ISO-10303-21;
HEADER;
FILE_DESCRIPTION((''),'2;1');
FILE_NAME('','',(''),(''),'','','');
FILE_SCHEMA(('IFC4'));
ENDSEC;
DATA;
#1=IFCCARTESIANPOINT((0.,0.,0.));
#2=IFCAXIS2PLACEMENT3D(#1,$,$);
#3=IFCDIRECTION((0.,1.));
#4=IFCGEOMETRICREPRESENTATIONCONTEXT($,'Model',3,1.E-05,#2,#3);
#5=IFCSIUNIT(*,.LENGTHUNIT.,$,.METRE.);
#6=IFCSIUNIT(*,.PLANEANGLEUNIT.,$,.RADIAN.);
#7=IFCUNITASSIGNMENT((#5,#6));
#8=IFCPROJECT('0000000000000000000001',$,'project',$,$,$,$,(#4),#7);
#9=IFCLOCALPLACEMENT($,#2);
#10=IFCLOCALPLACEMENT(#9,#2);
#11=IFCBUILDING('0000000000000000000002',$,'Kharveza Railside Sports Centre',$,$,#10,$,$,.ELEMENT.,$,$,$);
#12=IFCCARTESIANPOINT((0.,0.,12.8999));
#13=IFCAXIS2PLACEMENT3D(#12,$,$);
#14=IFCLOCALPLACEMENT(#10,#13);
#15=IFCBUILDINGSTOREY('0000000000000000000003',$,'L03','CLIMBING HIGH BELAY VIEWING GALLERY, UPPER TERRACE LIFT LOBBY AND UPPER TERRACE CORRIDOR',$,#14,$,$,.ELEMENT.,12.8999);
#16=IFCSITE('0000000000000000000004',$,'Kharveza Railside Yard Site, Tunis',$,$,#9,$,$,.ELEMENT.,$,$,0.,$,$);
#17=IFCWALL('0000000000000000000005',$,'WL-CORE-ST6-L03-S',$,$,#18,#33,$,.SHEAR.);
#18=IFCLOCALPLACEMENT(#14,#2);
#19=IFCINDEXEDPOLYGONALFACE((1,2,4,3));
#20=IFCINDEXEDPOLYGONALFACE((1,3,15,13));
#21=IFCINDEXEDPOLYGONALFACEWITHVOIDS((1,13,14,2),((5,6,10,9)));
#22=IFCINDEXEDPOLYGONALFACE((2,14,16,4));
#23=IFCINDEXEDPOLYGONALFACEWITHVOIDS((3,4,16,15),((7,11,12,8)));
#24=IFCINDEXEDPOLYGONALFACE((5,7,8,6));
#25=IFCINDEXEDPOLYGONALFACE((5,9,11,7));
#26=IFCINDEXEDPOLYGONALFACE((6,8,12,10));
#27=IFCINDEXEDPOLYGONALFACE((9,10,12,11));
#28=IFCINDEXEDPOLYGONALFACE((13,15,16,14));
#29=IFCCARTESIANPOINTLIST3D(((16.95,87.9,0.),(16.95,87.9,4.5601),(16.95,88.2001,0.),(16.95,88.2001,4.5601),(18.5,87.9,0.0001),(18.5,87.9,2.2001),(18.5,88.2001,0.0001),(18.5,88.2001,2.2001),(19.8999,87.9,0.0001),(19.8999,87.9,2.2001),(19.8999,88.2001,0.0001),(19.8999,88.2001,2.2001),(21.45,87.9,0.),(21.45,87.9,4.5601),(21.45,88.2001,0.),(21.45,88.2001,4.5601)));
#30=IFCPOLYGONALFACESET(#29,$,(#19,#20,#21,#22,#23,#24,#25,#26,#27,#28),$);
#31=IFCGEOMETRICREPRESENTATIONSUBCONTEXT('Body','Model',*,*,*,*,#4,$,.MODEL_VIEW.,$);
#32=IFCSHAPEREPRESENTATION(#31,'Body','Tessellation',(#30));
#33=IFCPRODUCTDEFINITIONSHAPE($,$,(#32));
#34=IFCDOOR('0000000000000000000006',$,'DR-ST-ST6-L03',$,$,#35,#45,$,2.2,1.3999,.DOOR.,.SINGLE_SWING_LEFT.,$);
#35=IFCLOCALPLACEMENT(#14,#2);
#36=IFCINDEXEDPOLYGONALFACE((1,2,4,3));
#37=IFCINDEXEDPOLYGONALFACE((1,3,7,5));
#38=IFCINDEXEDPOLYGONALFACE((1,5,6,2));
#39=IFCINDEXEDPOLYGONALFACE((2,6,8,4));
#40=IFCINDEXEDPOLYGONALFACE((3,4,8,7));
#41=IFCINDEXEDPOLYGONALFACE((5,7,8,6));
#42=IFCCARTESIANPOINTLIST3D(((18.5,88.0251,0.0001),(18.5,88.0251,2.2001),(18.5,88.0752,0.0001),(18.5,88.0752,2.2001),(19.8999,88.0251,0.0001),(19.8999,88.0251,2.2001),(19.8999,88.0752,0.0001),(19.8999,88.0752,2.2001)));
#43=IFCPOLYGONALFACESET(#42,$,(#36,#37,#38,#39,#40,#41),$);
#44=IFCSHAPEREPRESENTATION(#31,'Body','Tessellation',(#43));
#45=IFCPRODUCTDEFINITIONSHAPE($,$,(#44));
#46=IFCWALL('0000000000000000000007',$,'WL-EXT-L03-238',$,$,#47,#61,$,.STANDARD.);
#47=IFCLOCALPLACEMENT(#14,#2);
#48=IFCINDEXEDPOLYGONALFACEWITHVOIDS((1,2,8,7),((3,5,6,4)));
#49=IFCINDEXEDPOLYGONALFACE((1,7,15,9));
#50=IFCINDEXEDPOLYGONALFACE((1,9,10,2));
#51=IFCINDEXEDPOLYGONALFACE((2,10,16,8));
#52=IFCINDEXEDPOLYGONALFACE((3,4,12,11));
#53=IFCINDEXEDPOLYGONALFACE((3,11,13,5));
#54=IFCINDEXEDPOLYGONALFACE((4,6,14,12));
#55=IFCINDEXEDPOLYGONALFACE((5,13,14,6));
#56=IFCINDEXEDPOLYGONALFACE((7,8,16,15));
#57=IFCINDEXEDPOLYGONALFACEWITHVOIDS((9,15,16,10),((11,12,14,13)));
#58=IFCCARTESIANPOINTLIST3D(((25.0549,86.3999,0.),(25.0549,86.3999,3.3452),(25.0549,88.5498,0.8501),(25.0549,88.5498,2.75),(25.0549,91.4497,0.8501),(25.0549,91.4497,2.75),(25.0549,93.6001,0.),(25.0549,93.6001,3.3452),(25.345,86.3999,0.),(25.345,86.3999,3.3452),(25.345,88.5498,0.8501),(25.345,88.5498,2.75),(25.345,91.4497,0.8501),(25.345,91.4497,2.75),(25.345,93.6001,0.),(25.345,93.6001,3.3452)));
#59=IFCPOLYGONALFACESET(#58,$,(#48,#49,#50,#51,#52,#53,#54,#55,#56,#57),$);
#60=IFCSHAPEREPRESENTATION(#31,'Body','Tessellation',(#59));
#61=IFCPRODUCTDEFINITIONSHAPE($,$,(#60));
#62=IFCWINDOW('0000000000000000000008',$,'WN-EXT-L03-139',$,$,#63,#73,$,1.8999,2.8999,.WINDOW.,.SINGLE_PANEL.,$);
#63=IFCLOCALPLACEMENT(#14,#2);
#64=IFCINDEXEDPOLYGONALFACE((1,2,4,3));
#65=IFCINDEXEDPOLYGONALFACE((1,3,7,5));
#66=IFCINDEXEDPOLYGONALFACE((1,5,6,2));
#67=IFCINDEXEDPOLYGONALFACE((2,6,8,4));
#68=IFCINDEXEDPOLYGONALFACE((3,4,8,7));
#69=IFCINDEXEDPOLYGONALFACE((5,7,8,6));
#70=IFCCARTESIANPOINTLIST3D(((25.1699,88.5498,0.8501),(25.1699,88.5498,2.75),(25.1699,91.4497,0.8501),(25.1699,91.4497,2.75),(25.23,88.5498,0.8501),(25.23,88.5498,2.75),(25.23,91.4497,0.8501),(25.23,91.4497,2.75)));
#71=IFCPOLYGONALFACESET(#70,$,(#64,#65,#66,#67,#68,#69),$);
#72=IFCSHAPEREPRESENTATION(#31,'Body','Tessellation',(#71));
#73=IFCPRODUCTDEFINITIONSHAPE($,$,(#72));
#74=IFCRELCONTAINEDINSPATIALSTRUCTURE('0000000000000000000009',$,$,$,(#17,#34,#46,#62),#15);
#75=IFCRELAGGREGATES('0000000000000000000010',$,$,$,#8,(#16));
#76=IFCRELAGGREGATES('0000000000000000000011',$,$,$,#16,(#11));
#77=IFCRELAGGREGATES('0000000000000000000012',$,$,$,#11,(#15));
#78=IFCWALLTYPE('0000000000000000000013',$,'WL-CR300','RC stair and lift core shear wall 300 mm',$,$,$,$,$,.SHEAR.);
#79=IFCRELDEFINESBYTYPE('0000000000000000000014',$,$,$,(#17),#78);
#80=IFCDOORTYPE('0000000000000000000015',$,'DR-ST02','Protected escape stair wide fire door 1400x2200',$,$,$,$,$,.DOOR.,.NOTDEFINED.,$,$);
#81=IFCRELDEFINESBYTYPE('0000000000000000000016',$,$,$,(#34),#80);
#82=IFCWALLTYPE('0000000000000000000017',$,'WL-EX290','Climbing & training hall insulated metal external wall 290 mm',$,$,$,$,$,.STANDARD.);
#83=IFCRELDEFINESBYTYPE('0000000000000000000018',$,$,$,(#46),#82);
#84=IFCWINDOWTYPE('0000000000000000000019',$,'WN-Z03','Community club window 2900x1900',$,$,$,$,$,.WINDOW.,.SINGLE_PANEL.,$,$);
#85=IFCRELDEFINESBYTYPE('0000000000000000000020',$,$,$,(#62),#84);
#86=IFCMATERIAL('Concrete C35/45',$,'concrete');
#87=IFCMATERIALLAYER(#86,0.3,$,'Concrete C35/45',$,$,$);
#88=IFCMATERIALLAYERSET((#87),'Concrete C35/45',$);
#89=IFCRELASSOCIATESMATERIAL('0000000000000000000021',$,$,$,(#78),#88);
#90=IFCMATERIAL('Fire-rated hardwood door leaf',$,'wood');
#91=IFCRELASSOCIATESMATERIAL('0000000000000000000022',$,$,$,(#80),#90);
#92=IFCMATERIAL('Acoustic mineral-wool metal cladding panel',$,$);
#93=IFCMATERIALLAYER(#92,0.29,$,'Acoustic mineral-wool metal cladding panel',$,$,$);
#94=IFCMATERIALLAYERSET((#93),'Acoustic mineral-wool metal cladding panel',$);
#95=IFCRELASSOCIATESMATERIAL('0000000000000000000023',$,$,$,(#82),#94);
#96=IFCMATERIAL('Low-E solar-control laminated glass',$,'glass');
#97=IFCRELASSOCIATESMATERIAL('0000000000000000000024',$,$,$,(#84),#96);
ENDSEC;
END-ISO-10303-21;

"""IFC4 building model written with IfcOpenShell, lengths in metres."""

from ifc_helpers import new_model, si_unit, direction, frame, frame_2d, origin, place, context, subcontext, project, spatial, rectangle, extrude, material, layer, layer_set, type_object, element, fill, save


model = new_model("IFC4")

# Units and contexts
model_context = context("Model", 3, precision=1e-05, world=origin(), true_north=direction((0.0, 1.0)))
body_context = subcontext(model_context, "Body", "Model", "MODEL_VIEW")
ifc_project = project(units=[si_unit("LENGTHUNIT", "METRE"), si_unit("PLANEANGLEUNIT", "RADIAN")], contexts=[model_context])

# Site, building, storey
site_placement = place(None, origin())
site = spatial("IfcSite", under=ifc_project, at=site_placement, Name="Kharveza Railside Yard Site, Tunis", CompositionType="ELEMENT", RefElevation=0.0)
building_placement = place(site_placement, origin())
building = spatial("IfcBuilding", under=site, at=building_placement, Name="Kharveza Railside Sports Centre", CompositionType="ELEMENT")
storey_placement = place(building_placement, frame((0.0, 0.0, 12.8999)))
storey = spatial("IfcBuildingStorey", under=building, at=storey_placement, Name="L03", Description="CLIMBING HIGH BELAY VIEWING GALLERY, UPPER TERRACE LIFT LOBBY AND UPPER TERRACE CORRIDOR", CompositionType="ELEMENT", Elevation=12.8999)

# Wall, opening, door
ifc_material_1 = material(Name="Concrete C35/45", Category="concrete")
ifc_layer_1 = layer(ifc_material_1, 0.3, Name="Concrete C35/45")
ifc_layer_set_1 = layer_set([ifc_layer_1], Name="Concrete C35/45")
wall_type_1 = type_object("IfcWallType", Name="WL-CR300", Description="RC stair and lift core shear wall 300 mm", PredefinedType="SHEAR", material=ifc_layer_set_1)
wall_1_placement = place(storey_placement, frame((16.95, 88.05, 0.0), z_axis=(0.0, 0.0, 1.0), x_axis=(1.0, 0.0, 0.0)))
wall_1 = element("IfcWall", 1, at=wall_1_placement, inside=storey, type_object=wall_type_1, Name="WL-CORE-ST6-L03-S", PredefinedType="SHEAR", context=body_context, shape_type="SweptSolid", body=[
    extrude(rectangle(XDim=4.5, YDim=0.3, at=frame_2d((2.25, 0.0))), origin(), (0.0, 0.0, 1.0), 4.5601),
])
opening_1_placement = place(wall_1_placement, frame((1.55, 0.0, 0.0)))
opening_1 = element("IfcOpeningElement", 2, at=opening_1_placement, cuts=wall_1, PredefinedType="OPENING", context=body_context, shape_type="SweptSolid", body=[
    extrude(rectangle(XDim=1.3999, YDim=2.2, at=frame_2d((0.7, 1.1001))), frame((0.0, 0.1748, 0.0), z_axis=(0.0, -1.0, 0.0), x_axis=(1.0, 0.0, 0.0)), (0.0, 0.0, 1.0), 0.3499),
])
ifc_material_2 = material(Name="Fire-rated hardwood door leaf", Category="wood")
door_type = type_object("IfcDoorType", Name="DR-ST02", Description="Protected escape stair wide fire door 1400x2200", OperationType="NOTDEFINED", PredefinedType="DOOR", material=ifc_material_2)
door_placement = place(opening_1_placement, frame((1.3999, 0.0, 0.0), z_axis=(0.0, 0.0, 1.0), x_axis=(-1.0, 0.0, 0.0)))
door = element("IfcDoor", 3, at=door_placement, inside=storey, type_object=door_type, Name="DR-ST-ST6-L03", OperationType="SINGLE_SWING_LEFT", OverallHeight=2.2, OverallWidth=1.3999, PredefinedType="DOOR", context=body_context, shape_type="SweptSolid", body=[
    extrude(rectangle(XDim=1.3999, YDim=2.2, at=frame_2d((0.7, 1.1001))), frame((0.0, 0.0249, 0.0), z_axis=(0.0, -1.0, 0.0), x_axis=(1.0, 0.0, 0.0)), (0.0, 0.0, 1.0), 0.05),
])
fill(opening_1, door)

# Wall, opening, window
ifc_material_3 = material(Name="Acoustic mineral-wool metal cladding panel")
ifc_layer_2 = layer(ifc_material_3, 0.29, Name="Acoustic mineral-wool metal cladding panel")
ifc_layer_set_2 = layer_set([ifc_layer_2], Name="Acoustic mineral-wool metal cladding panel")
wall_type_2 = type_object("IfcWallType", Name="WL-EX290", Description="Climbing & training hall insulated metal external wall 290 mm", PredefinedType="STANDARD", material=ifc_layer_set_2)
wall_2_placement = place(storey_placement, frame((25.2, 86.3999, 0.0), z_axis=(0.0, 0.0, 1.0), x_axis=(0.0, 1.0, 0.0)))
wall_2 = element("IfcWall", 4, at=wall_2_placement, inside=storey, type_object=wall_type_2, Name="WL-EXT-L03-238", PredefinedType="STANDARD", context=body_context, shape_type="SweptSolid", body=[
    extrude(rectangle(XDim=7.2002, YDim=0.29, at=frame_2d((3.6001, 0.0))), origin(), (0.0, 0.0, 1.0), 3.3452),
])
opening_2_placement = place(wall_2_placement, frame((2.1499, 0.0, 0.8501)))
opening_2 = element("IfcOpeningElement", 5, at=opening_2_placement, cuts=wall_2, PredefinedType="OPENING", context=body_context, shape_type="SweptSolid", body=[
    extrude(rectangle(XDim=2.8999, YDim=1.8999, at=frame_2d((1.45, 0.95))), frame((0.0, 0.1699, 0.0), z_axis=(0.0, -1.0, 0.0), x_axis=(1.0, 0.0, 0.0)), (0.0, 0.0, 1.0), 0.3398),
])
ifc_material_4 = material(Name="Low-E solar-control laminated glass", Category="glass")
window_type = type_object("IfcWindowType", Name="WN-Z03", Description="Community club window 2900x1900", PartitioningType="SINGLE_PANEL", PredefinedType="WINDOW", material=ifc_material_4)
window_placement = place(opening_2_placement, origin())
window = element("IfcWindow", 6, at=window_placement, inside=storey, type_object=window_type, Name="WN-EXT-L03-139", OverallHeight=1.8999, OverallWidth=2.8999, PartitioningType="SINGLE_PANEL", PredefinedType="WINDOW", context=body_context, shape_type="SweptSolid", body=[
    extrude(rectangle(XDim=2.8999, YDim=1.8999, at=frame_2d((1.45, 0.95))), frame((0.0, 0.03, 0.0), z_axis=(0.0, -1.0, 0.0), x_axis=(1.0, 0.0, 0.0)), (0.0, 0.0, 1.0), 0.0601),
])
fill(opening_2, window)

save(model, "model.ifc")
